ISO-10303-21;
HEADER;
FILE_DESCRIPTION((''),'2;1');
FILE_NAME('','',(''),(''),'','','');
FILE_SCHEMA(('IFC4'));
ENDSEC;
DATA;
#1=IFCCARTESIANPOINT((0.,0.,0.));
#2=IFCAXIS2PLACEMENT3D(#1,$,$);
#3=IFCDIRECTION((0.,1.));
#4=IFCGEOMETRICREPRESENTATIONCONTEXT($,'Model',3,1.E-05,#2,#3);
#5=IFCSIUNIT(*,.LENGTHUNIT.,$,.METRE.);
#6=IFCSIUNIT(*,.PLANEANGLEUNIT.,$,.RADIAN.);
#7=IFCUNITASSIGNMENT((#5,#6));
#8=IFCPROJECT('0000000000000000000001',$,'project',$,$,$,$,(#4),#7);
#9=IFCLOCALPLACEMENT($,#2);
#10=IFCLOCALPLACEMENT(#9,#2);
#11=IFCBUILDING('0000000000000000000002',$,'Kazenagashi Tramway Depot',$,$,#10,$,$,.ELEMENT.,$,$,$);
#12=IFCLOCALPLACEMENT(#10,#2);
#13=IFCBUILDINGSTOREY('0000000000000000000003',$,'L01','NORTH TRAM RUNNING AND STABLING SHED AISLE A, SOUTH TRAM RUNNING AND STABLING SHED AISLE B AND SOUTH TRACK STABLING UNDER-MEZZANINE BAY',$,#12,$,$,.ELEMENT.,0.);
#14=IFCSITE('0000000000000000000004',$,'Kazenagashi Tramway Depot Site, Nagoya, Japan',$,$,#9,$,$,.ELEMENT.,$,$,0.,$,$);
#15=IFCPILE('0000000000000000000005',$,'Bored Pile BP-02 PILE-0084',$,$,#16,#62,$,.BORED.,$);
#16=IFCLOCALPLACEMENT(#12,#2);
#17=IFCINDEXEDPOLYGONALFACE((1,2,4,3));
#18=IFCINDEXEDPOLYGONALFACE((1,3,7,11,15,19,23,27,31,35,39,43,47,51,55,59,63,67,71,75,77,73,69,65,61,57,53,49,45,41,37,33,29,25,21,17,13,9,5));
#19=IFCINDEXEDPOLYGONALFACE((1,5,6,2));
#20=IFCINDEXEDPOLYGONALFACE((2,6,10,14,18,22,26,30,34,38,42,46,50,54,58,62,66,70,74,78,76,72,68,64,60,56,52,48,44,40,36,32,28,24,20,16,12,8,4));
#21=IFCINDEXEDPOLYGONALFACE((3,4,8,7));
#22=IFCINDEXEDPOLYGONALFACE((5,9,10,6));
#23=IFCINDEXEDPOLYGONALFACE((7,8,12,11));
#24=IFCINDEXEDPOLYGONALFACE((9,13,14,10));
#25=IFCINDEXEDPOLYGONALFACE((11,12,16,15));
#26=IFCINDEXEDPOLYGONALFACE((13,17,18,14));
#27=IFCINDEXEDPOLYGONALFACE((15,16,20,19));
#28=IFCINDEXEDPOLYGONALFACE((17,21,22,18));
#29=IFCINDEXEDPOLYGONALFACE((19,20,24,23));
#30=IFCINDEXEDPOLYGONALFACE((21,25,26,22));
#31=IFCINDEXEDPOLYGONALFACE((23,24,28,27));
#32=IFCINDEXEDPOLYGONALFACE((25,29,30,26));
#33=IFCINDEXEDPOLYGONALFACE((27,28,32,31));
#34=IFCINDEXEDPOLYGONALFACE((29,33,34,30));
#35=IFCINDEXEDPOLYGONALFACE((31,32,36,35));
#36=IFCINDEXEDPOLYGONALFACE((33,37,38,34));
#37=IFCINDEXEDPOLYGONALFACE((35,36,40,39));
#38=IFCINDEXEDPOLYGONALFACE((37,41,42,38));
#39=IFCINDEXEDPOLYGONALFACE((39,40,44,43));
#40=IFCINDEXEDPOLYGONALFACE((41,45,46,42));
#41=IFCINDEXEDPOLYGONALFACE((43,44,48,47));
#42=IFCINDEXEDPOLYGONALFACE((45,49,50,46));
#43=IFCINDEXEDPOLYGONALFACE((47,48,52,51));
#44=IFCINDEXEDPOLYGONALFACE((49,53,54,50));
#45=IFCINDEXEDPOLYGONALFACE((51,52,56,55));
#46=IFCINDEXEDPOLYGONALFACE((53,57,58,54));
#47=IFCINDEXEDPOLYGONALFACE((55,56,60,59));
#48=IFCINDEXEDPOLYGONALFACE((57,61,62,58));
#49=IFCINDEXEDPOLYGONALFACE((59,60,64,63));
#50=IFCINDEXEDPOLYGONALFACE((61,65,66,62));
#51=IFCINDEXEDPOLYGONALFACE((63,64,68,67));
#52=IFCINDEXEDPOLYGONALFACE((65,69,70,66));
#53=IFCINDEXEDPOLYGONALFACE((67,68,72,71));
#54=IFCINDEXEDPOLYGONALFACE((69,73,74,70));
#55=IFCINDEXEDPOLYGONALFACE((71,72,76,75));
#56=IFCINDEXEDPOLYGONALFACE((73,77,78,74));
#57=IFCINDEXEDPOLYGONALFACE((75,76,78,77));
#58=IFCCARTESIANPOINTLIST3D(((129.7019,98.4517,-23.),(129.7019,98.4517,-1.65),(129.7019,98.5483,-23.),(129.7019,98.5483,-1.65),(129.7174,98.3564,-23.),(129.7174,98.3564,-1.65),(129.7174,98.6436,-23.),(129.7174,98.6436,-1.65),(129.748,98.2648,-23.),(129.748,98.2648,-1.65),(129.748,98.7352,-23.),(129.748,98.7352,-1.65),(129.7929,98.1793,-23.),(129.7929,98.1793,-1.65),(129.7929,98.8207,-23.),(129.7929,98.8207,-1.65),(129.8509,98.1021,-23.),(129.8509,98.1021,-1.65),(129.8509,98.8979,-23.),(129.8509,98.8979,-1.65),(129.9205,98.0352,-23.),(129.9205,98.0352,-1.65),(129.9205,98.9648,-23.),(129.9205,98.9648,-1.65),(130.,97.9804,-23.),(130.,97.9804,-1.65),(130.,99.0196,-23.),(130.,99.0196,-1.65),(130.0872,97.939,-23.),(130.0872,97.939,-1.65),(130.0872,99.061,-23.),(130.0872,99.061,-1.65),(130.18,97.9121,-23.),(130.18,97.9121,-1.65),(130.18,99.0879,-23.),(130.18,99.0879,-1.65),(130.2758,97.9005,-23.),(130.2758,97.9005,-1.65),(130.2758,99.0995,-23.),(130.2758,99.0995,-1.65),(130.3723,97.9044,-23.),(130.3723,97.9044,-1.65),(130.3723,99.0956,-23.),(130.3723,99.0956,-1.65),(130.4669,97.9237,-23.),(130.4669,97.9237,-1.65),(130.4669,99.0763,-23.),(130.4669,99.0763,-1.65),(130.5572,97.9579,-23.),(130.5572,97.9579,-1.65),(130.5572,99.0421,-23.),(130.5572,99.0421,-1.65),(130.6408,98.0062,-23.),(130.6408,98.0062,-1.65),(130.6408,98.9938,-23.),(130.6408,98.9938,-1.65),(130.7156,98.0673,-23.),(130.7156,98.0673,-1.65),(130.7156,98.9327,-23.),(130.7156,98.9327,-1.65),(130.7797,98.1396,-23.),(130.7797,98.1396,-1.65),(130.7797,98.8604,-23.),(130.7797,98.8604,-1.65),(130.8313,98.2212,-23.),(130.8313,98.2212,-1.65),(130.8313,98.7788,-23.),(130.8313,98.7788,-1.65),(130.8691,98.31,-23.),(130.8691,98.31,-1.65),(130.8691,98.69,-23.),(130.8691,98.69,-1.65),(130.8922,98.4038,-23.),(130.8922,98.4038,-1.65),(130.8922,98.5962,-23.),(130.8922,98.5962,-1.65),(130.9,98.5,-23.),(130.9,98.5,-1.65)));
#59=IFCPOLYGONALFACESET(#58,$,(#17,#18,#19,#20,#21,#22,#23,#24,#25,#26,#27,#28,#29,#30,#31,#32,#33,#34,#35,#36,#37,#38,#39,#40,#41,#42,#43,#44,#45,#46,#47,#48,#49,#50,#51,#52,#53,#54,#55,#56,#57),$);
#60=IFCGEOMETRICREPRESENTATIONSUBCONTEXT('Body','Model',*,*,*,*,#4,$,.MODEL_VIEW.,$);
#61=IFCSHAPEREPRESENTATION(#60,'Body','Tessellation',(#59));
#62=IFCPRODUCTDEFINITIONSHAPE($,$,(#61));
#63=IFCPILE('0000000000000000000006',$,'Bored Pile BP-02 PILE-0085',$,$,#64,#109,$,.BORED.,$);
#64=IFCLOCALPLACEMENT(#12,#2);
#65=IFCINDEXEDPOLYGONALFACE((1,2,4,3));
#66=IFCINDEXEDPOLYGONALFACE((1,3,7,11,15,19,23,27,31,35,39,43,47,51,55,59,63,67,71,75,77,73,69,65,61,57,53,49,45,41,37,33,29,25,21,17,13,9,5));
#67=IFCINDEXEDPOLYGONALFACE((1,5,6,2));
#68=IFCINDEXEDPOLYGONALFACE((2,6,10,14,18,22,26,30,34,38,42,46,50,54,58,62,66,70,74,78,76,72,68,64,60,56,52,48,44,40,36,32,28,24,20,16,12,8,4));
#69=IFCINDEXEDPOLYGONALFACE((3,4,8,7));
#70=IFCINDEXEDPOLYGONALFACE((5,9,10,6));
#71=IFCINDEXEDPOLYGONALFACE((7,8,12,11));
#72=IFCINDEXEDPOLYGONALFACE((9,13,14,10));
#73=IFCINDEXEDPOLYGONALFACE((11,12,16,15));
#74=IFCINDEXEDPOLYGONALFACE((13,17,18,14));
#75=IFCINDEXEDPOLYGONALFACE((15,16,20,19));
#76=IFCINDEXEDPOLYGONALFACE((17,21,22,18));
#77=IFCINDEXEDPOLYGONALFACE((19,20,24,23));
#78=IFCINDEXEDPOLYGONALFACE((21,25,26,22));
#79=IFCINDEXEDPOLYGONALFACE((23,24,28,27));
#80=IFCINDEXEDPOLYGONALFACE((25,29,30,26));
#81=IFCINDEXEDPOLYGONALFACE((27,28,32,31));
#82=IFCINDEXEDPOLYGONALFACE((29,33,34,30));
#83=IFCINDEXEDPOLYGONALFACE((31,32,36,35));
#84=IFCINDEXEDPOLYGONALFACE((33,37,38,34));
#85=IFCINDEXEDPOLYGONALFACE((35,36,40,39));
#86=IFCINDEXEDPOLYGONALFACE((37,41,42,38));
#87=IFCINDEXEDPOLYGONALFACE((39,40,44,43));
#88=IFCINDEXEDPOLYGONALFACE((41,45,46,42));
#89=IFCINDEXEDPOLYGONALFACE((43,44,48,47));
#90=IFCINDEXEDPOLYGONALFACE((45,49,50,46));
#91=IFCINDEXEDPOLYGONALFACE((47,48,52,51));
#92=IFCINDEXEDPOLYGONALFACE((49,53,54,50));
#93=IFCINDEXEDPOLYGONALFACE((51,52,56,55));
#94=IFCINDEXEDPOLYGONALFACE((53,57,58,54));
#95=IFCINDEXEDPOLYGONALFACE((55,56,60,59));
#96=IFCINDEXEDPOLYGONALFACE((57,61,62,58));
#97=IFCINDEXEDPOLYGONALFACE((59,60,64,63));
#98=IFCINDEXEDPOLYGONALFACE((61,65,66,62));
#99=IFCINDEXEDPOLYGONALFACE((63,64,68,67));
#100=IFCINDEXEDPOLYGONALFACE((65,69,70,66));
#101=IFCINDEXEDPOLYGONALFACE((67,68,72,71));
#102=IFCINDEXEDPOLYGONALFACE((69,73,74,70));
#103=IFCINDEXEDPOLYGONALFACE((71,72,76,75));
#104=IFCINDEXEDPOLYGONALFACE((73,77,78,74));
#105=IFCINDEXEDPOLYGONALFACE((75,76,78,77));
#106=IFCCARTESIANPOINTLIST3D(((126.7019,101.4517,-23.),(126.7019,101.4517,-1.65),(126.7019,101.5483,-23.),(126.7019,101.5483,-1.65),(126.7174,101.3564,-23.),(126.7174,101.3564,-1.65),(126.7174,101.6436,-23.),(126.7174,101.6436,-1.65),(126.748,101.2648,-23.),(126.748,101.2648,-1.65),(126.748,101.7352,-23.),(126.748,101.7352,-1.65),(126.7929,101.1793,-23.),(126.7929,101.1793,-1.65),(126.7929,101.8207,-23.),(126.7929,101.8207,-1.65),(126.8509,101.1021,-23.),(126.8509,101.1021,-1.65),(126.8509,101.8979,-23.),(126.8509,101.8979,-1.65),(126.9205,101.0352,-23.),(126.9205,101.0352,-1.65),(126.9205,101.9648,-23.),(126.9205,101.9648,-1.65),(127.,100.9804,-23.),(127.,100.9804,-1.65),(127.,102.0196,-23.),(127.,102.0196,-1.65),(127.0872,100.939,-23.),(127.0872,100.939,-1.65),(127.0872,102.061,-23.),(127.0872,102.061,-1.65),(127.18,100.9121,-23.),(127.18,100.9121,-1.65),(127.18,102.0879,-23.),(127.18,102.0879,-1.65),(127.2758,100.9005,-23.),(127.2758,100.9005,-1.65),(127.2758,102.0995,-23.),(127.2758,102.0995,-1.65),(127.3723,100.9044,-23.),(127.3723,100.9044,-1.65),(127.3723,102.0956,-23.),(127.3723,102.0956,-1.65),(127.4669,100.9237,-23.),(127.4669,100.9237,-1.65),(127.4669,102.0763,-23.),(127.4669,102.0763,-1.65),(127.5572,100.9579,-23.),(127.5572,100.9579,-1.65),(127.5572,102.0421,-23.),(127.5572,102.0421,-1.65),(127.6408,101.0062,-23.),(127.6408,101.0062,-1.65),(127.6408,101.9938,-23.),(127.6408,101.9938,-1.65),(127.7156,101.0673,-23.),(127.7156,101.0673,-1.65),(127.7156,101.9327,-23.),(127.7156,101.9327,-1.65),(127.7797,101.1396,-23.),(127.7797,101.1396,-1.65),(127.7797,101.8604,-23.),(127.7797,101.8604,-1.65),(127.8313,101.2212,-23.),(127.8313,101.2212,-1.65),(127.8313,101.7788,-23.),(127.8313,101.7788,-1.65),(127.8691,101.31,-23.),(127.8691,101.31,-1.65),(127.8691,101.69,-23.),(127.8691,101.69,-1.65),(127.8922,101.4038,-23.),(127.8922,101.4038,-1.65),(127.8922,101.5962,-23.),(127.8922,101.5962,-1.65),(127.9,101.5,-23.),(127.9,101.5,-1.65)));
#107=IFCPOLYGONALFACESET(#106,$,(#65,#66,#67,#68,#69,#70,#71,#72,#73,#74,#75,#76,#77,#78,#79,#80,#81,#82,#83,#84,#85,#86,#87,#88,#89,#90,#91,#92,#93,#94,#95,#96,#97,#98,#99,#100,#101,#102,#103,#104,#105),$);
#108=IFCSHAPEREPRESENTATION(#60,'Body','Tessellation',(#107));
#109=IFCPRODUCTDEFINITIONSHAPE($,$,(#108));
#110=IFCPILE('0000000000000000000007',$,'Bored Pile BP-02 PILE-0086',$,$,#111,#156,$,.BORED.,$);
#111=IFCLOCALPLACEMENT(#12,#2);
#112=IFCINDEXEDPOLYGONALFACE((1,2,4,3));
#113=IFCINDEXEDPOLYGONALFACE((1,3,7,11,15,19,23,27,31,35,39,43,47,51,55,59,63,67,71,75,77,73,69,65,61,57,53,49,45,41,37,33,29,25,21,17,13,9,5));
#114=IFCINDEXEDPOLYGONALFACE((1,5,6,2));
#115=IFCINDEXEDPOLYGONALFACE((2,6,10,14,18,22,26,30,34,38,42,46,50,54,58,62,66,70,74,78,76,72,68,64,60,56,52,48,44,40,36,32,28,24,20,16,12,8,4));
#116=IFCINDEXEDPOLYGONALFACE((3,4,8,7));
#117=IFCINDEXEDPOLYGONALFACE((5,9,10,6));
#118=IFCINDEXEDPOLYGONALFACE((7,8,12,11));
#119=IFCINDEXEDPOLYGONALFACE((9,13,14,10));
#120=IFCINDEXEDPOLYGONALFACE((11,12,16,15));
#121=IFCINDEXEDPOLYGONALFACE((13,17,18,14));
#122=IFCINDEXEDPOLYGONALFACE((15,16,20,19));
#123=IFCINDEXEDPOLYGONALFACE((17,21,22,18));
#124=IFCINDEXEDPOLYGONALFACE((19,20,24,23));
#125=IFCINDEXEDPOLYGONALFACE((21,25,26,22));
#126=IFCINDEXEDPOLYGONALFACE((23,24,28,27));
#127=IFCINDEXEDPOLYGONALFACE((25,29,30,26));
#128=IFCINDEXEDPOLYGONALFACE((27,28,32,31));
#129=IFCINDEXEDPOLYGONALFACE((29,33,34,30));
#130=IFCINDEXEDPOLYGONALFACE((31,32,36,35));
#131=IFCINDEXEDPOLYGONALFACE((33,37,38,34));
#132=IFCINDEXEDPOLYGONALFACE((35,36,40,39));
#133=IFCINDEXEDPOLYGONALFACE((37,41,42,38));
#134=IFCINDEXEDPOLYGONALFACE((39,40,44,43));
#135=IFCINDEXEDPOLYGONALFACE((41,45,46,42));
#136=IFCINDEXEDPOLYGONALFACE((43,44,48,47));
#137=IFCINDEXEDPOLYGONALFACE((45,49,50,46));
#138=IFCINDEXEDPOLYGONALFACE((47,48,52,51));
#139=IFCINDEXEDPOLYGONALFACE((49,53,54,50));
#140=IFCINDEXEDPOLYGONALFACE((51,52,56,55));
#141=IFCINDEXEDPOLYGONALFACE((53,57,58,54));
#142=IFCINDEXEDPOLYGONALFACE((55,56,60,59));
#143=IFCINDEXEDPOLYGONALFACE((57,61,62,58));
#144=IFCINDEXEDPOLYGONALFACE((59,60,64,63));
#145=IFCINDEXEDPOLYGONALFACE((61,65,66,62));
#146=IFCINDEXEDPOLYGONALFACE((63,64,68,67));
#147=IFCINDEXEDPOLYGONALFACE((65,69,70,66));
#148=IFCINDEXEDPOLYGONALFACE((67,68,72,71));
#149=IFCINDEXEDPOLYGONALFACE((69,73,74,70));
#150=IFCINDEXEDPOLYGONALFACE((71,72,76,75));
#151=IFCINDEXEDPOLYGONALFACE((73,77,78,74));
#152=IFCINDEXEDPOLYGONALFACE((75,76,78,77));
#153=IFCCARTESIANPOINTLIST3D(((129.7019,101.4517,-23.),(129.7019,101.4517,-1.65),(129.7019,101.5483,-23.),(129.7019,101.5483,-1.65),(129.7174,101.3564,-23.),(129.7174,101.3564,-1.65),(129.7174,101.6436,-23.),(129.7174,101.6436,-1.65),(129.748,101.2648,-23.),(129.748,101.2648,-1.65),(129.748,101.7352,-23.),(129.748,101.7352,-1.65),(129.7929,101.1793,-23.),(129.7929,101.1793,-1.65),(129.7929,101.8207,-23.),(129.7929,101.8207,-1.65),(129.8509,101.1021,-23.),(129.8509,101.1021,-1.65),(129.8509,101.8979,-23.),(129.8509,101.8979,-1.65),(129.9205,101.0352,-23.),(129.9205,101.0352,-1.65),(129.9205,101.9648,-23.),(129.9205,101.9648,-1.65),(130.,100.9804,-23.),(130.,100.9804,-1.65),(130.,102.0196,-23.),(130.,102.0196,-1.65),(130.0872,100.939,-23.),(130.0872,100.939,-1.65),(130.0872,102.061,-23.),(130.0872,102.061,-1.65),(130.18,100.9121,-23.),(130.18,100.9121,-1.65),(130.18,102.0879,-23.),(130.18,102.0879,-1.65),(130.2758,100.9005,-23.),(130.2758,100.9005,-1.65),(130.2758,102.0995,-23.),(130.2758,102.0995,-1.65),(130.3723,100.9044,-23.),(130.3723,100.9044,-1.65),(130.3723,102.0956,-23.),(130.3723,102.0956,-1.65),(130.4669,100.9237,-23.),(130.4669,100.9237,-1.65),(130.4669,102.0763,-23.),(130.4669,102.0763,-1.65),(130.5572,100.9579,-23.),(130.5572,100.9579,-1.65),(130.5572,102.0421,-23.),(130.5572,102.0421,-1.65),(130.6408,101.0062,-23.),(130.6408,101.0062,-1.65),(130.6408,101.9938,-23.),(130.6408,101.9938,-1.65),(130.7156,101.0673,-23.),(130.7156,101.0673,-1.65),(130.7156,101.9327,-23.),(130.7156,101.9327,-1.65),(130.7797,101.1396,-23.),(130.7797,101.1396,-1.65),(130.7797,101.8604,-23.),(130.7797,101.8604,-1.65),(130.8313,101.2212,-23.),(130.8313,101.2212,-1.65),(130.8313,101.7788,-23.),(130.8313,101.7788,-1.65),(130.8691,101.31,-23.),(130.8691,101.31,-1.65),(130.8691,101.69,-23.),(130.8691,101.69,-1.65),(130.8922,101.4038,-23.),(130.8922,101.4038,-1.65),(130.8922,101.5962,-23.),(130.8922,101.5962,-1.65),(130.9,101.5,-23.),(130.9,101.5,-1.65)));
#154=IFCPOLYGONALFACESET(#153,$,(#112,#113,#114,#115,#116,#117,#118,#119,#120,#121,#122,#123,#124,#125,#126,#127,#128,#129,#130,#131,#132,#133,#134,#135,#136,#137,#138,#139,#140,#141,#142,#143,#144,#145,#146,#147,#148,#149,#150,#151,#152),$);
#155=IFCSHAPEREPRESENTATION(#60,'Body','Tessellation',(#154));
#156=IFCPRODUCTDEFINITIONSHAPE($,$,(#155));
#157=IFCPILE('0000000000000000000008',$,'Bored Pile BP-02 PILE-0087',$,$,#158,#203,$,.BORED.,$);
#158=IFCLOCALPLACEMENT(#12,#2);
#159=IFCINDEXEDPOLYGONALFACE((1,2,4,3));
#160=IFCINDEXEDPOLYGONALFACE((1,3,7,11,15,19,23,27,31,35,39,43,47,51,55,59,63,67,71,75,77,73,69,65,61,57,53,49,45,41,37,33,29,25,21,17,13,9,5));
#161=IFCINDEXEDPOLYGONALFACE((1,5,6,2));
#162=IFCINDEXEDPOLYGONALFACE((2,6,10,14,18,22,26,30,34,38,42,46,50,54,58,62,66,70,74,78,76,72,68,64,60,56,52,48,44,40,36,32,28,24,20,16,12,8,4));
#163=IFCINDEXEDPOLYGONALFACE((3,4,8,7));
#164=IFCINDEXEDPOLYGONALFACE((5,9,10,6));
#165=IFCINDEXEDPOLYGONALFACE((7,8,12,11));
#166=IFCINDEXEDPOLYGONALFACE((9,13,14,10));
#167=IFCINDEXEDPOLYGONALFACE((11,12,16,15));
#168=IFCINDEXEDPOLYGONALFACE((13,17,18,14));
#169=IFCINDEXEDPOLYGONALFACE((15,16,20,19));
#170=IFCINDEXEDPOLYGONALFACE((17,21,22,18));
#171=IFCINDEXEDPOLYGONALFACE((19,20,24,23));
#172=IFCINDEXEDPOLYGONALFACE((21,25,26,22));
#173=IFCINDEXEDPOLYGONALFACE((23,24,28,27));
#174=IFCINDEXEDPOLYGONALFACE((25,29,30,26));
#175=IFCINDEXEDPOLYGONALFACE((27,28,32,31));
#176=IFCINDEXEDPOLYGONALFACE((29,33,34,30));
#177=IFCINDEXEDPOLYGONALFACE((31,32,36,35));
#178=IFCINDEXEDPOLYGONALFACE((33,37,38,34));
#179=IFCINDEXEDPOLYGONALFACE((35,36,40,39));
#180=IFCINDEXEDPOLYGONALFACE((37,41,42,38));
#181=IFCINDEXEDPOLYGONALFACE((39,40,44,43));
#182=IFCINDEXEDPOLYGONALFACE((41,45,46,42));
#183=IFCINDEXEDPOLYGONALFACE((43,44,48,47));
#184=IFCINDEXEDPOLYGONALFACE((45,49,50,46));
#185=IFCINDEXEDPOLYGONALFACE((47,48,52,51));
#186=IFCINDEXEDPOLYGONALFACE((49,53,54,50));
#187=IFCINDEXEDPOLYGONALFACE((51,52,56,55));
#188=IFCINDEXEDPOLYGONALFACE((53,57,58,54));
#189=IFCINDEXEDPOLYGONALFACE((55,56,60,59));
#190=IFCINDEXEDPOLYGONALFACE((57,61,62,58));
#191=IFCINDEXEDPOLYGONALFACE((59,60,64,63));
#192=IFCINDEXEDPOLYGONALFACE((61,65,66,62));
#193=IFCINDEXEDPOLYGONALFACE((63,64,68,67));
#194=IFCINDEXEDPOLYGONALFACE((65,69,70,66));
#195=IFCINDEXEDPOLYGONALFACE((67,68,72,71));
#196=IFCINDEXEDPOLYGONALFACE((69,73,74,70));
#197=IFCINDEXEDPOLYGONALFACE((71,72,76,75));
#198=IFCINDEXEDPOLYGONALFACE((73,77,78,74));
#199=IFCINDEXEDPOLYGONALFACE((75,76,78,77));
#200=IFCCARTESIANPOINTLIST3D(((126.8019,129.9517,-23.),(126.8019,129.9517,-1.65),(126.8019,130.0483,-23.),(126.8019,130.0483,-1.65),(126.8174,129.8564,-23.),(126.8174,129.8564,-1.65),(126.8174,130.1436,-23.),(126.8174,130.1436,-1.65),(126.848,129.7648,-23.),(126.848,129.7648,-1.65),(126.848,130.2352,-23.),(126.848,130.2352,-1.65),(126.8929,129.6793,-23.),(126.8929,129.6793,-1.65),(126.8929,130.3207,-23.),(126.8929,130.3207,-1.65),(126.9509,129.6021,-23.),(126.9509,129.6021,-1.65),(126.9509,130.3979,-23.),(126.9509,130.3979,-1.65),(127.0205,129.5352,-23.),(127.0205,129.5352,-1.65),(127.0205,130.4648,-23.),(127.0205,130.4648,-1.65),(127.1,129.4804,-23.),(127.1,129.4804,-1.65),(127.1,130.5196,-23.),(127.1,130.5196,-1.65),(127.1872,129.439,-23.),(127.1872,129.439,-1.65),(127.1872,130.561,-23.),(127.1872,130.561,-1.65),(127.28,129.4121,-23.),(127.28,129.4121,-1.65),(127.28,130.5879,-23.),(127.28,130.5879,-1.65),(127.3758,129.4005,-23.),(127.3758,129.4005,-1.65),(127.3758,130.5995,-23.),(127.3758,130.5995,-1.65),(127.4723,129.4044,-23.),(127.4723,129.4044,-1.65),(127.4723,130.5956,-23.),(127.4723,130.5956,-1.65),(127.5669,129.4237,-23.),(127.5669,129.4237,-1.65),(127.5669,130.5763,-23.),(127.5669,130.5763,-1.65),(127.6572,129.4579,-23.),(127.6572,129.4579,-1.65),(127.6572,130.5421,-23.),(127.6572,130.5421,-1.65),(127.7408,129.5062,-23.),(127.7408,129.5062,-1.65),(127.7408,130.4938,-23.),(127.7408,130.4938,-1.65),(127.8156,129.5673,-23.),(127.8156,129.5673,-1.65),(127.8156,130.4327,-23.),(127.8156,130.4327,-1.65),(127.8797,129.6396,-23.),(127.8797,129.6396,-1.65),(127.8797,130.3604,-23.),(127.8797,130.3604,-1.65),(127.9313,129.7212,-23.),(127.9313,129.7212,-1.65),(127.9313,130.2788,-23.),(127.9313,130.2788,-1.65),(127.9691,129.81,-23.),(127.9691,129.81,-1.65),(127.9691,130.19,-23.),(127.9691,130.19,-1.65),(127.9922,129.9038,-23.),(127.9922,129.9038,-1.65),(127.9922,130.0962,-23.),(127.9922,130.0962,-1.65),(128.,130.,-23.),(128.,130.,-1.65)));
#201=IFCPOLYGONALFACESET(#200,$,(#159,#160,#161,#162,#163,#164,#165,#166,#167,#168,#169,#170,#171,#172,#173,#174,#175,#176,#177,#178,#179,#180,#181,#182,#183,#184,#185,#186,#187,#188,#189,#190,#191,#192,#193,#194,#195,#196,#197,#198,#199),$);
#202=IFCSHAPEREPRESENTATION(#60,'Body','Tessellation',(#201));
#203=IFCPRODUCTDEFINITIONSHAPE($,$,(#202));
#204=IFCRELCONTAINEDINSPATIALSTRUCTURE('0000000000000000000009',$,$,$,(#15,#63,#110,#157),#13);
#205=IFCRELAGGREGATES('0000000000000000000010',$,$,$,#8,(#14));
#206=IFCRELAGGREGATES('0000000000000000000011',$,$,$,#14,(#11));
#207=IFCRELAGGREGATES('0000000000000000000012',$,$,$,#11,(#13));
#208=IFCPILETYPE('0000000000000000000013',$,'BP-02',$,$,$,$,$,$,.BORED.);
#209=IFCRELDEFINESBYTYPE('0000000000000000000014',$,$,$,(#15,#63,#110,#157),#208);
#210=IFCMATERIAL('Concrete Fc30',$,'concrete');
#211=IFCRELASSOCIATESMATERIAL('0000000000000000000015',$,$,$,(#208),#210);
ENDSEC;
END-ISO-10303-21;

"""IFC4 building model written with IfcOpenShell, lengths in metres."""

from ifc_helpers import new_model, si_unit, direction, frame, origin, origin_2d, place, context, subcontext, project, spatial, circle, extrude, material, material_profile, profile_set, type_object, element, save


model = new_model("IFC4")

# Units and contexts
model_context = context("Model", 3, precision=1e-05, world=origin(), true_north=direction((0.0, 1.0)))
body_context = subcontext(model_context, "Body", "Model", "MODEL_VIEW")
ifc_project = project(units=[si_unit("LENGTHUNIT", "METRE"), si_unit("PLANEANGLEUNIT", "RADIAN")], contexts=[model_context])

# Site, building, storey
site_placement = place(None, origin())
site = spatial("IfcSite", under=ifc_project, at=site_placement, Name="Kazenagashi Tramway Depot Site, Nagoya, Japan", CompositionType="ELEMENT", RefElevation=0.0)
building_placement = place(site_placement, origin())
building = spatial("IfcBuilding", under=site, at=building_placement, Name="Kazenagashi Tramway Depot", CompositionType="ELEMENT")
storey_placement = place(building_placement, origin())
storey = spatial("IfcBuildingStorey", under=building, at=storey_placement, Name="L01", Description="NORTH TRAM RUNNING AND STABLING SHED AISLE A, SOUTH TRAM RUNNING AND STABLING SHED AISLE B AND SOUTH TRACK STABLING UNDER-MEZZANINE BAY", CompositionType="ELEMENT", Elevation=0.0)

# Piles
ifc_material_1 = material(Name="Concrete Fc30", Category="concrete")
ifc_material_profile_1 = material_profile(ifc_material_1, circle(Radius=0.6, at=origin_2d()), Name="PILE-1200")
ifc_profile_set_1 = profile_set([ifc_material_profile_1], Name="Concrete Fc30")
pile_type = type_object("IfcPileType", Name="BP-02", PredefinedType="BORED", material=ifc_profile_set_1)
for number, where, z_axis, x_axis, name in (
    (1, (130.3, 98.5, -1.65), (0.0, 0.0, -1.0), (1.0, 0.0, 0.0), "Bored Pile BP-02 PILE-0084"),
    (2, (127.3, 101.5, -1.65), (0.0, 0.0, -1.0), (1.0, 0.0, 0.0), "Bored Pile BP-02 PILE-0085"),
    (3, (130.3, 101.5, -1.65), (0.0, 0.0, -1.0), (1.0, 0.0, 0.0), "Bored Pile BP-02 PILE-0086"),
    (4, (127.4, 130.0, -1.65), (0.0, 0.0, -1.0), (1.0, 0.0, 0.0), "Bored Pile BP-02 PILE-0087"),
):
    element("IfcPile", number, at=place(storey_placement, frame(where, z_axis=z_axis, x_axis=x_axis)), inside=storey, type_object=pile_type, Name=name, PredefinedType="BORED", context=body_context, shape_type="SweptSolid", body=[
        extrude(circle(Radius=0.6, at=origin_2d()), origin(), (0.0, 0.0, 1.0), 21.35),
    ])

save(model, "model.ifc")
